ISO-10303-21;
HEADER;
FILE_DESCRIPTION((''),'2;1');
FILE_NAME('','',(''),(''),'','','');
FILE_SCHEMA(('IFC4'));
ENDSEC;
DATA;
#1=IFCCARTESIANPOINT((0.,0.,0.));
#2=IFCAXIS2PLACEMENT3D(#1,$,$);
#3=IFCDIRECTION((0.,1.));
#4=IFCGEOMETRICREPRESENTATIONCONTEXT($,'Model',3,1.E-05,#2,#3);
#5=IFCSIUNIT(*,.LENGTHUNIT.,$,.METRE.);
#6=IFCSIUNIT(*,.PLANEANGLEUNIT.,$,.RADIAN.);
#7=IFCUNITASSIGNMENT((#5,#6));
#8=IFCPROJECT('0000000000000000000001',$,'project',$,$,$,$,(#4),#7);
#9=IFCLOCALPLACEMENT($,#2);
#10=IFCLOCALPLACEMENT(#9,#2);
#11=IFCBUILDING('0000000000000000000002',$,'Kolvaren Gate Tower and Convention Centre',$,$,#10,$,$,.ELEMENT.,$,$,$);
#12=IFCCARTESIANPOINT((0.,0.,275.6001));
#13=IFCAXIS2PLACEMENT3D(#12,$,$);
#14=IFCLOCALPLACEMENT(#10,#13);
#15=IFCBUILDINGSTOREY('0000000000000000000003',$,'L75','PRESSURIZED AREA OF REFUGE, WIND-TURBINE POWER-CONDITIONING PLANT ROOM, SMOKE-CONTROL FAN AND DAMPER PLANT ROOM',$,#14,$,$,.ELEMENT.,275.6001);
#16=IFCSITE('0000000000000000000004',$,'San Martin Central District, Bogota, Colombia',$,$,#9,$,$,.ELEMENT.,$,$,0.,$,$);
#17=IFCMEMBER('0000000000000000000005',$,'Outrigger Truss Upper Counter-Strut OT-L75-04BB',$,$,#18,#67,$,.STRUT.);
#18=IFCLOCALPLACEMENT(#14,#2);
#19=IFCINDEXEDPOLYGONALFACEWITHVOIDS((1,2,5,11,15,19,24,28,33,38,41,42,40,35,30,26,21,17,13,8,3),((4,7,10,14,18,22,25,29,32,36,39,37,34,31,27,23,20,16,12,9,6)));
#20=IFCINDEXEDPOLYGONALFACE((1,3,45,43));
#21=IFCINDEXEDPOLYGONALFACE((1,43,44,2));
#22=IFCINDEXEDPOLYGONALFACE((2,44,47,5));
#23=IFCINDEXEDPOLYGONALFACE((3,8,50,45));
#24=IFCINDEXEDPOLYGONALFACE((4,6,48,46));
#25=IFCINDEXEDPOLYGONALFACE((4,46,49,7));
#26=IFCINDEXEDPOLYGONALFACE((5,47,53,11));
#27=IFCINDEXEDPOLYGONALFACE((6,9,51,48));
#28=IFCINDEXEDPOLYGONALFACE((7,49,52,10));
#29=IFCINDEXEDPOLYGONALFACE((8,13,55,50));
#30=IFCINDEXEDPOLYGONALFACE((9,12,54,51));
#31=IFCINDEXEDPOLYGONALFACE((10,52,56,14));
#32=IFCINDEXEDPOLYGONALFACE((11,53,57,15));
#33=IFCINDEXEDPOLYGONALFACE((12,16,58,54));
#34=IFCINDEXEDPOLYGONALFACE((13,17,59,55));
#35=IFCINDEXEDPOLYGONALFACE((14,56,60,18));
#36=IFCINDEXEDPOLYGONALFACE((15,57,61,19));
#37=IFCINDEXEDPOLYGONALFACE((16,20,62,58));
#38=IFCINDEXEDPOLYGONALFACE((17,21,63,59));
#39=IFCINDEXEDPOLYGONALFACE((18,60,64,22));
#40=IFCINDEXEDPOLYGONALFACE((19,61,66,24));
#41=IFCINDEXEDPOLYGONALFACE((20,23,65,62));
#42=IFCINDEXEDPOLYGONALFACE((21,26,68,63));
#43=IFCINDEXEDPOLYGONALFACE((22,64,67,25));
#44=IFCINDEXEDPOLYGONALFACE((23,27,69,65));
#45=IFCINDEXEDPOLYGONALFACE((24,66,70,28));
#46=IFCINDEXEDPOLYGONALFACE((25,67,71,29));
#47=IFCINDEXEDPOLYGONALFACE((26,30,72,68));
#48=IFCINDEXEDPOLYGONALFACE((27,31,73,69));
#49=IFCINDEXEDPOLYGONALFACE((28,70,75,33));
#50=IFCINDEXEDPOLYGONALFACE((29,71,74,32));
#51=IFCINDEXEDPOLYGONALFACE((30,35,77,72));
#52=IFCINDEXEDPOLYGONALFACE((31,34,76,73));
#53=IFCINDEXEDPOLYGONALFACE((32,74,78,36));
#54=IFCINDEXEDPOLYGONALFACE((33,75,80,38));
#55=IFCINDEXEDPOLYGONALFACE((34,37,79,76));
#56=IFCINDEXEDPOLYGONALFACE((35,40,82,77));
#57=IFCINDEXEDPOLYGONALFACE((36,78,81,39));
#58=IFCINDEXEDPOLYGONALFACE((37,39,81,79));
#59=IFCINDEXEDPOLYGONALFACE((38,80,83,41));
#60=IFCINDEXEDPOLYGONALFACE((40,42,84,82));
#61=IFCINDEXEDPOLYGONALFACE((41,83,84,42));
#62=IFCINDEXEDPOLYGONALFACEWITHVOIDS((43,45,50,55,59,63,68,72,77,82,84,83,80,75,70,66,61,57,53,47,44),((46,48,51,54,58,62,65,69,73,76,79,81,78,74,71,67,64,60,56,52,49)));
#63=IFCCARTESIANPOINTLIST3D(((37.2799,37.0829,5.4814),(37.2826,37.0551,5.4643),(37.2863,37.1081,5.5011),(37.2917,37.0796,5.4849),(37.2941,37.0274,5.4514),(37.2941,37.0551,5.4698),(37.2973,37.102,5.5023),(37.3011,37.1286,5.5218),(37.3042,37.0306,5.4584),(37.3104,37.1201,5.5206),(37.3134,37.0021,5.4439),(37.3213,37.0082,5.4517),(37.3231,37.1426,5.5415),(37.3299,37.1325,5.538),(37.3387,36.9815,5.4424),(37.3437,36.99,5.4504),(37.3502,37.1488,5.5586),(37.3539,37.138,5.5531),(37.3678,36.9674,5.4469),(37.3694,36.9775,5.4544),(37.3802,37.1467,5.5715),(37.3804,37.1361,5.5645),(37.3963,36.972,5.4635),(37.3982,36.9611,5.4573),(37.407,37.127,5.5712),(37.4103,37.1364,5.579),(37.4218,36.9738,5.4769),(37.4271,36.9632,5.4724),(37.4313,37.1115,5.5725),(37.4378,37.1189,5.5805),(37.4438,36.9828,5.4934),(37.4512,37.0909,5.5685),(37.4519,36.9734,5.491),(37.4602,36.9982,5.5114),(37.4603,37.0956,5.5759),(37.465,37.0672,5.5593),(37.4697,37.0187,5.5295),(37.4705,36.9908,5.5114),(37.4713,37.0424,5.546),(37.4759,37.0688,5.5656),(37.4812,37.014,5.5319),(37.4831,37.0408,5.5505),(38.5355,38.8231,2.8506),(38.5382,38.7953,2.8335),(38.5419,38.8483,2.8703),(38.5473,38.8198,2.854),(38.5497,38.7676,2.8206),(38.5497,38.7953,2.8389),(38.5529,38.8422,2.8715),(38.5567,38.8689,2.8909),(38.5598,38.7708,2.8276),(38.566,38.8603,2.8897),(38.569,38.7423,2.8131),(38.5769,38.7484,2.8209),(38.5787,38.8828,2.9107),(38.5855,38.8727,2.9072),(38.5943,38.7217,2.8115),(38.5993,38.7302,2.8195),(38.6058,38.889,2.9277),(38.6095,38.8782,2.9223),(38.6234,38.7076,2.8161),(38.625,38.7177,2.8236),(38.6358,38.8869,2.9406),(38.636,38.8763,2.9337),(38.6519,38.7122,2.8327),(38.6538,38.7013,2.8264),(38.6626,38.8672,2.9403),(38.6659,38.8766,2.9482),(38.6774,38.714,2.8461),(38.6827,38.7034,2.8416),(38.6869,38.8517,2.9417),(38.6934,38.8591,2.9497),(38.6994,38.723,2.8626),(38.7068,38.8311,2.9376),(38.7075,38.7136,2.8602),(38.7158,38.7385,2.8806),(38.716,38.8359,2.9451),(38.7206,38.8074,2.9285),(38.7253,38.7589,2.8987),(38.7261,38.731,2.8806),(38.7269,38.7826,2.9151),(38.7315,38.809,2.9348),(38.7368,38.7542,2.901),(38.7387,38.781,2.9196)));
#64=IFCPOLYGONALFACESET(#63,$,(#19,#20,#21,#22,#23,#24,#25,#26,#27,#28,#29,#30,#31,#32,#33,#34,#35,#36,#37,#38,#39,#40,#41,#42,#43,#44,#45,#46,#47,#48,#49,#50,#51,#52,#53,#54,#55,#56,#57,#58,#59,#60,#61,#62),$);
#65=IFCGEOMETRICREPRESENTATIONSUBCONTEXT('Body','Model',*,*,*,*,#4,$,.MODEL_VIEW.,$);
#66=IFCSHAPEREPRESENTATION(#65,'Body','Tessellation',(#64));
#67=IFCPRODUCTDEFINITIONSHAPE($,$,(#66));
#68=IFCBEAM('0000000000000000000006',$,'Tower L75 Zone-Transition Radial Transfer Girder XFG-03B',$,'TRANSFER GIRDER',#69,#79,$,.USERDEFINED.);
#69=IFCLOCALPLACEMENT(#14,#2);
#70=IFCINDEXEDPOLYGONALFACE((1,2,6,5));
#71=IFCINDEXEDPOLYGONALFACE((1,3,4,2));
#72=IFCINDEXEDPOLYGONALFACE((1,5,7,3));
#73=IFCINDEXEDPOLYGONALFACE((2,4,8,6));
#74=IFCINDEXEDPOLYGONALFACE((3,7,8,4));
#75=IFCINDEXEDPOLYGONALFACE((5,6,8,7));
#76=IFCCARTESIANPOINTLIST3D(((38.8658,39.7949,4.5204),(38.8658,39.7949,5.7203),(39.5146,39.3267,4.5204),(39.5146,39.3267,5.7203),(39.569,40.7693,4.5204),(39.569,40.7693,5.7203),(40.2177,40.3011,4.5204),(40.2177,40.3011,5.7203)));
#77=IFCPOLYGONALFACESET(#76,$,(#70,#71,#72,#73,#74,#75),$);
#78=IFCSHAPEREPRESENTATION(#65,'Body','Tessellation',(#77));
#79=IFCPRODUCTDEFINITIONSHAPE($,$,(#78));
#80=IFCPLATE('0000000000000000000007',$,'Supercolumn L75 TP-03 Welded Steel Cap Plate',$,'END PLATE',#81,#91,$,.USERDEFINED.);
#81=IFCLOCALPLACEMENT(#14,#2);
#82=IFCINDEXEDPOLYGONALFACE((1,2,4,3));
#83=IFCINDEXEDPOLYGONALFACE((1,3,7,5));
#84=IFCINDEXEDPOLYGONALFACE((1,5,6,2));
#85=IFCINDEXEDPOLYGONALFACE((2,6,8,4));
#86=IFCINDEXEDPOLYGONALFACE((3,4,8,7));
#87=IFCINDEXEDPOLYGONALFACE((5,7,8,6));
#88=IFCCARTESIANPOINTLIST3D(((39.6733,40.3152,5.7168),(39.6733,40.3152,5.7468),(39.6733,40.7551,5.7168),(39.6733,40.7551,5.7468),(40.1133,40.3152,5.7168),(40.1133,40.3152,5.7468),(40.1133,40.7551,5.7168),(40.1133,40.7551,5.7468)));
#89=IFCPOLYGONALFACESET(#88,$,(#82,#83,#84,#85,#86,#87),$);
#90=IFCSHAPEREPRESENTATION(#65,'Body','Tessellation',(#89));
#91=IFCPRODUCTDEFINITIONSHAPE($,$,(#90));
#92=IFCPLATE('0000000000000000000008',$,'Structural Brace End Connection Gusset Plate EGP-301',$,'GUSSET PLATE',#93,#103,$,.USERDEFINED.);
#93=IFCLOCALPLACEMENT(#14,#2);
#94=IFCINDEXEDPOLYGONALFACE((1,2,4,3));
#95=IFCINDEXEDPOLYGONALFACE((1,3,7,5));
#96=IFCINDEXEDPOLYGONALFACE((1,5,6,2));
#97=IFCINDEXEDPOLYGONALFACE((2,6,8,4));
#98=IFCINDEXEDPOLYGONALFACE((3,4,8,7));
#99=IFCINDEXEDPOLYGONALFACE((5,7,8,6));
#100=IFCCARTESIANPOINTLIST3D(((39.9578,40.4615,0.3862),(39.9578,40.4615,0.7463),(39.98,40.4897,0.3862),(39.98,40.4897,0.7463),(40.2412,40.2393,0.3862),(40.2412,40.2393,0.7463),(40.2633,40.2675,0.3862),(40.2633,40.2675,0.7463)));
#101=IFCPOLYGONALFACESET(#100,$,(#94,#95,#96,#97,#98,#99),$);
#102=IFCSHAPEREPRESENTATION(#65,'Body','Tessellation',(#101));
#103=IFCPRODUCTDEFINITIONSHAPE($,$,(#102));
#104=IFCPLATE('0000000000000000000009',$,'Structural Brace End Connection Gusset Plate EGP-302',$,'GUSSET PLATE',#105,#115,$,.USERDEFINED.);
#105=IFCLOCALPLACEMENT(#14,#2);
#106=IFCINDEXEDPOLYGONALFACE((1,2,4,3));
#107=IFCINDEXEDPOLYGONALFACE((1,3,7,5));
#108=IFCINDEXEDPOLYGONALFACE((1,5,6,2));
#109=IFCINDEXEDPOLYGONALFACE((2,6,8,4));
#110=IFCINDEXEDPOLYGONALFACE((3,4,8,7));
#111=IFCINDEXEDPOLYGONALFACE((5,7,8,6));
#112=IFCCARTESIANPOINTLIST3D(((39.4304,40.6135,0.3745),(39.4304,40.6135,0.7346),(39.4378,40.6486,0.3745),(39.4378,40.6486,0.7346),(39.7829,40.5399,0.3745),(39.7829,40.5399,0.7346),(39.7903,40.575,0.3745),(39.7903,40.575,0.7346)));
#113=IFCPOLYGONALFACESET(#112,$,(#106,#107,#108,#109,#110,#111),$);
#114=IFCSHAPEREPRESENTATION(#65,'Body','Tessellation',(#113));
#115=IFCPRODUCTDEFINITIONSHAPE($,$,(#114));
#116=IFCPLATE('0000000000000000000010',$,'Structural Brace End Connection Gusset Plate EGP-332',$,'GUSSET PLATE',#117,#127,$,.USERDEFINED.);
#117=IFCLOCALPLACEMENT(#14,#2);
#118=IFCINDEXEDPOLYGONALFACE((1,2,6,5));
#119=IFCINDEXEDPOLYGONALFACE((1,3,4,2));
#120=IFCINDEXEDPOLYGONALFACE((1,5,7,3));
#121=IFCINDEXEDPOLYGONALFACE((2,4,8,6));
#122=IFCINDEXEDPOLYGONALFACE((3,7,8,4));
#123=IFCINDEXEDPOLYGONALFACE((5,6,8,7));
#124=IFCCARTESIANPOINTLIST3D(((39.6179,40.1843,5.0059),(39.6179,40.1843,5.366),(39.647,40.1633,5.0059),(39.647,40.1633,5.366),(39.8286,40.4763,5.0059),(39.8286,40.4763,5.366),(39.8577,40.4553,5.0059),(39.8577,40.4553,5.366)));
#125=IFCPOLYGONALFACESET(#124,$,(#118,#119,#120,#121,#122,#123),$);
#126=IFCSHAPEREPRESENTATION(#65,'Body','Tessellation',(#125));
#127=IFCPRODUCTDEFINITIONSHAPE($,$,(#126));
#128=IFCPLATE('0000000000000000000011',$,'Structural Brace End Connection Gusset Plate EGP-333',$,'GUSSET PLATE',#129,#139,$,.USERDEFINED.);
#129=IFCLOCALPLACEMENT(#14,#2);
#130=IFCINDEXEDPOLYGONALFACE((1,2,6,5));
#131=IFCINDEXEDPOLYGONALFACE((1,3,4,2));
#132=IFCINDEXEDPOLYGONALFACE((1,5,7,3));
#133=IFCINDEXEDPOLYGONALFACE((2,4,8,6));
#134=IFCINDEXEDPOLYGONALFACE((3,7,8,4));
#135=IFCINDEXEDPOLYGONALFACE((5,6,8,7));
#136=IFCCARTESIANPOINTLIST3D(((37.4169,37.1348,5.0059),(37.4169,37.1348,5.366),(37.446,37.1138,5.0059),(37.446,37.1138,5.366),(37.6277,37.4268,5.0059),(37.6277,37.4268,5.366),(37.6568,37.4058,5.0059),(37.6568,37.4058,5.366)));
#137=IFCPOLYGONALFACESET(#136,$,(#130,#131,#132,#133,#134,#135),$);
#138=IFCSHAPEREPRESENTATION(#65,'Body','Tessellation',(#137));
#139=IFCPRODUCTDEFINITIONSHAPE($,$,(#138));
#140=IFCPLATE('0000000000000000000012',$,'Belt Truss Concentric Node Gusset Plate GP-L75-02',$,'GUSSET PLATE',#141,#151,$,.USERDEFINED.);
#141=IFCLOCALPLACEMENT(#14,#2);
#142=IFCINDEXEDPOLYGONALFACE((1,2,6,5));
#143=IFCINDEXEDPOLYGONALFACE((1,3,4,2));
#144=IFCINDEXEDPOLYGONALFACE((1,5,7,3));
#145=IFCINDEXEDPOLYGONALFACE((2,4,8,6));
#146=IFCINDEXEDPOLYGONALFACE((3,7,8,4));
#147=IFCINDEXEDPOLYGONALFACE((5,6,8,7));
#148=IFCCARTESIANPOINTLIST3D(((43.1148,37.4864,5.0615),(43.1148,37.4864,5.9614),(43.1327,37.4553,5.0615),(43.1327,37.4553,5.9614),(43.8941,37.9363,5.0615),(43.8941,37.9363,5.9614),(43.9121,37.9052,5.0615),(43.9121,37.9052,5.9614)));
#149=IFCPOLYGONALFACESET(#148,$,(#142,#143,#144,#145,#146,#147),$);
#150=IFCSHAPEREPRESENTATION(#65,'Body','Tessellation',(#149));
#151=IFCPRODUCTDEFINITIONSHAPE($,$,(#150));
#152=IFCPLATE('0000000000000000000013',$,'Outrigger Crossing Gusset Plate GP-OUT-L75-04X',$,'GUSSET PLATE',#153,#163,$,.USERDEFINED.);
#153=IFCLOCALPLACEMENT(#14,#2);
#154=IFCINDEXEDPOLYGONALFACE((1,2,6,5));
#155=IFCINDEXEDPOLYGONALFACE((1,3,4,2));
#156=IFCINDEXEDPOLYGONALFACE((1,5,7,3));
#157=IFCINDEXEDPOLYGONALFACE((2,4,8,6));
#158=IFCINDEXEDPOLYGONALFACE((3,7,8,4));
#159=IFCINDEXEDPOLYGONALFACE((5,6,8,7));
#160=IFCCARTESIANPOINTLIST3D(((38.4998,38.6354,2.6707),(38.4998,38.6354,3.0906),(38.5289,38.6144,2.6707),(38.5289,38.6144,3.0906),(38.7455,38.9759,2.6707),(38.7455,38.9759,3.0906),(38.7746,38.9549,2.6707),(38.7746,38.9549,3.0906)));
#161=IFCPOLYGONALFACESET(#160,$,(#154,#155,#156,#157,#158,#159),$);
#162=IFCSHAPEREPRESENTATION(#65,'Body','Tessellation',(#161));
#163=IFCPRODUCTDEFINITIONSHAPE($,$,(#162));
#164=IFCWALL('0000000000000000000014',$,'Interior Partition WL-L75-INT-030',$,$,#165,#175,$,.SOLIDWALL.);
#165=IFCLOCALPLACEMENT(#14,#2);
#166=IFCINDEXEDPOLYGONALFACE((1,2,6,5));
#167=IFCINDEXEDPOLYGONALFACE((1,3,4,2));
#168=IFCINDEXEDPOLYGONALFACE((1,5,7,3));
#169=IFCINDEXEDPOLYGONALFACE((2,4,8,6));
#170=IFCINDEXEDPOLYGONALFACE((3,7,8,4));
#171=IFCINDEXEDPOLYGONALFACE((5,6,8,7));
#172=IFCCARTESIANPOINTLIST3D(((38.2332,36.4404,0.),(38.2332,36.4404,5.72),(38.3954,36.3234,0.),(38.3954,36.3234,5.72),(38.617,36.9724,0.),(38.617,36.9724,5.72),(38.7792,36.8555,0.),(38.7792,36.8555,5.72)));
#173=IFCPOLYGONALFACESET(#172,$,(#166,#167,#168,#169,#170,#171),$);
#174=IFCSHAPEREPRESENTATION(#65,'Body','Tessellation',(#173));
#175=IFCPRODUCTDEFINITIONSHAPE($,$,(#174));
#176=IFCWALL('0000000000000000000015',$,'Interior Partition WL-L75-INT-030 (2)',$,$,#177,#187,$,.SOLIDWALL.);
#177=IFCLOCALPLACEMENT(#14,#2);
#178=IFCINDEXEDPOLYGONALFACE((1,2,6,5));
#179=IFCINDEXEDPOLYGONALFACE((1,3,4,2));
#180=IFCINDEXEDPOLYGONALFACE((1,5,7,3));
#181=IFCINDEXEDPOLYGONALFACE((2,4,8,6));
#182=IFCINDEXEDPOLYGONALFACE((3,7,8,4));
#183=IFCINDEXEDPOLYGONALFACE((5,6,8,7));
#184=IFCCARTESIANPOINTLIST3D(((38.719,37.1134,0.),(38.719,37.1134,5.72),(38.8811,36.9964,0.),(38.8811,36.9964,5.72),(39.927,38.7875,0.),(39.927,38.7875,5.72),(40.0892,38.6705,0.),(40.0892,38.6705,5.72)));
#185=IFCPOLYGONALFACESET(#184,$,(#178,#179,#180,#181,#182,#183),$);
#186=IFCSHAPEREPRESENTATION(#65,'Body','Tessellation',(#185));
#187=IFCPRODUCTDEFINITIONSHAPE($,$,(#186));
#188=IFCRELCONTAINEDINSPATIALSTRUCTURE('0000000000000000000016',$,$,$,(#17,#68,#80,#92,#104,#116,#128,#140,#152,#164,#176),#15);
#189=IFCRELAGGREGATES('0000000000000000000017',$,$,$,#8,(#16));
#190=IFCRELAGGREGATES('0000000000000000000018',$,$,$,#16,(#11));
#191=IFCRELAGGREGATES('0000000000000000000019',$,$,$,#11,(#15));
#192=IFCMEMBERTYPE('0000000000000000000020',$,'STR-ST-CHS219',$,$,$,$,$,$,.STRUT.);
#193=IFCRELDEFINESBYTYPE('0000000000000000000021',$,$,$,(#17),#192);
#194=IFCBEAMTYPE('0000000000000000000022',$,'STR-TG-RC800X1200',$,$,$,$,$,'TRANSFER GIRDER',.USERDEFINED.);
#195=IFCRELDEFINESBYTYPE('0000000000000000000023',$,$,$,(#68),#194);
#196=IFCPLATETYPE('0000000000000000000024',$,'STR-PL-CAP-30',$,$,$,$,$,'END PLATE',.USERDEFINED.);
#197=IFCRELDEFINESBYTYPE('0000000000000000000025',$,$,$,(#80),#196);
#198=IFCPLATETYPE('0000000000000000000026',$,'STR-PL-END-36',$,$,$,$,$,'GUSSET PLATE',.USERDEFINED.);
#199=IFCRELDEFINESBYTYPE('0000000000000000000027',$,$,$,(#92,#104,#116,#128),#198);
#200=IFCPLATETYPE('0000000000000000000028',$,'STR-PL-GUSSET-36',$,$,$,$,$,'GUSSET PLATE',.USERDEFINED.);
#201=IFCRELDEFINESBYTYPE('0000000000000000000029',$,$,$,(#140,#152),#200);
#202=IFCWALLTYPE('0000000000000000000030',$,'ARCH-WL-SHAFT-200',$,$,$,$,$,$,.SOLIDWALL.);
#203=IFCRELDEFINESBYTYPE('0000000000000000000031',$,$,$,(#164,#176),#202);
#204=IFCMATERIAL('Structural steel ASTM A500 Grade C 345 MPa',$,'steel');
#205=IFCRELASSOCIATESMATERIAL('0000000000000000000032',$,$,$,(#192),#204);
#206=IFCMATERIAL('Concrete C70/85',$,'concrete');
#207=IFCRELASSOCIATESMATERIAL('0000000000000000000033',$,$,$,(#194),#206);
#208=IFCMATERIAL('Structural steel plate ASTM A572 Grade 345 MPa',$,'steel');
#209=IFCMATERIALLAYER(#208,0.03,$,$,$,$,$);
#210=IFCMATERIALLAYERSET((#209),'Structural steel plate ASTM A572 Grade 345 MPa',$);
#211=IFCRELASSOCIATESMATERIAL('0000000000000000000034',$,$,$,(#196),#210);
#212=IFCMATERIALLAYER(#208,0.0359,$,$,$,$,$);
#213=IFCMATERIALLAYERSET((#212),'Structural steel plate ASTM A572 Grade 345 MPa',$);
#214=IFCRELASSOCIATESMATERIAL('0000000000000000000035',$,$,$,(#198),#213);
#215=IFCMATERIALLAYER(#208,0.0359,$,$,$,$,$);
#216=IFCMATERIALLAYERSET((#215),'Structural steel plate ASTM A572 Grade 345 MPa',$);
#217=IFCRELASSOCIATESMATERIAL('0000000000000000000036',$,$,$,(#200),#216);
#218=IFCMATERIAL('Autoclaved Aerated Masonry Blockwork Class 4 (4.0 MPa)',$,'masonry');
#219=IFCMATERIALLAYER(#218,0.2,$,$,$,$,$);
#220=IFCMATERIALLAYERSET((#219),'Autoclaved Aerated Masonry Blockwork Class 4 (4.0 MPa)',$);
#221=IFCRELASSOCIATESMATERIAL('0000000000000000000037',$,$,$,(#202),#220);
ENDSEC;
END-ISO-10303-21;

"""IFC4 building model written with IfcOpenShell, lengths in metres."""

from ifc_helpers import new_model, si_unit, direction, frame, frame_2d, origin, origin_2d, place, context, subcontext, project, spatial, rectangle, hollow_circle, extrude, material, layer, layer_set, material_profile, profile_set, type_object, element, save


model = new_model("IFC4")

# Units and contexts
model_context = context("Model", 3, precision=1e-05, world=origin(), true_north=direction((0.0, 1.0)))
body_context = subcontext(model_context, "Body", "Model", "MODEL_VIEW")
ifc_project = project(units=[si_unit("LENGTHUNIT", "METRE"), si_unit("PLANEANGLEUNIT", "RADIAN")], contexts=[model_context])

# Site, building, storey
site_placement = place(None, origin())
site = spatial("IfcSite", under=ifc_project, at=site_placement, Name="San Martin Central District, Bogota, Colombia", CompositionType="ELEMENT", RefElevation=0.0)
building_placement = place(site_placement, origin())
building = spatial("IfcBuilding", under=site, at=building_placement, Name="Kolvaren Gate Tower and Convention Centre", CompositionType="ELEMENT")
storey_placement = place(building_placement, frame((0.0, 0.0, 275.6001)))
storey = spatial("IfcBuildingStorey", under=building, at=storey_placement, Name="L75", Description="PRESSURIZED AREA OF REFUGE, WIND-TURBINE POWER-CONDITIONING PLANT ROOM, SMOKE-CONTROL FAN AND DAMPER PLANT ROOM", CompositionType="ELEMENT", Elevation=275.6001)

# Shared definitions
ifc_material_1 = material(Name="Structural steel ASTM A500 Grade C 345 MPa", Category="steel")

# Member
ifc_material_profile_1 = material_profile(ifc_material_1, hollow_circle(Radius=0.1096, WallThickness=0.0127, at=origin_2d()), Name="CHS219X12.7")
ifc_profile_set_1 = profile_set([ifc_material_profile_1], Name="Structural steel ASTM A500 Grade C 345 MPa")
member_type_1 = type_object("IfcMemberType", Name="STR-ST-CHS219", PredefinedType="STRUT", material=ifc_profile_set_1)
for number, where, z_axis, x_axis, name in (
    (1, (38.6372, 38.7952, 2.8806), (-0.369836, -0.512579, 0.774909), (0.810949, -0.585117, 0.0), "Outrigger Truss Upper Counter-Strut OT-L75-04BB"),
):
    element("IfcMember", number, at=place(storey_placement, frame(where, z_axis=z_axis, x_axis=x_axis)), inside=storey, type_object=member_type_1, Name=name, PredefinedType="STRUT", context=body_context, shape_type="SweptSolid", body=[
        extrude(hollow_circle(Radius=0.1096, WallThickness=0.0127, at=origin_2d()), origin(), (0.0, 0.0, 1.0), 3.395),
    ])

# Beam
ifc_material_2 = material(Name="Concrete C70/85", Category="concrete")
ifc_material_profile_2 = material_profile(ifc_material_2, rectangle(XDim=0.8, YDim=1.2, at=origin_2d()), Name="RC-BM-800X1200")
ifc_profile_set_2 = profile_set([ifc_material_profile_2], Name="Concrete C70/85")
beam_type_1 = type_object("IfcBeamType", Name="STR-TG-RC800X1200", ElementType="TRANSFER GIRDER", PredefinedType="USERDEFINED", material=ifc_profile_set_2)
beam_1_placement = place(storey_placement, frame((39.1902, 39.5608, 5.1204), z_axis=(0.585172, 0.81091, 0.0), x_axis=(-0.81091, 0.585172, 0.0)))
element("IfcBeam", 2, at=beam_1_placement, inside=storey, type_object=beam_type_1, Name="Tower L75 Zone-Transition Radial Transfer Girder XFG-03B", ObjectType="TRANSFER GIRDER", PredefinedType="USERDEFINED", context=body_context, shape_type="SweptSolid", body=[
    extrude(rectangle(XDim=0.8, YDim=1.2, at=origin_2d()), origin(), (0.0, 0.0, 1.0), 1.2017),
])

# Plates
ifc_material_3 = material(Name="Structural steel plate ASTM A572 Grade 345 MPa", Category="steel")
ifc_layer_1 = layer(ifc_material_3, 0.03)
ifc_layer_set_1 = layer_set([ifc_layer_1], Name="Structural steel plate ASTM A572 Grade 345 MPa")
plate_type_1 = type_object("IfcPlateType", Name="STR-PL-CAP-30", ElementType="END PLATE", PredefinedType="USERDEFINED", material=ifc_layer_set_1)
plate_1_placement = place(storey_placement, frame((39.8933, 40.5352, 5.7168), z_axis=(0.0, 0.0, 1.0), x_axis=(1.0, 0.0, 0.0)))
element("IfcPlate", 3, at=plate_1_placement, inside=storey, type_object=plate_type_1, Name="Supercolumn L75 TP-03 Welded Steel Cap Plate", ObjectType="END PLATE", PredefinedType="USERDEFINED", context=body_context, shape_type="SweptSolid", body=[
    extrude(rectangle(XDim=0.4399, YDim=0.4399, at=origin_2d()), origin(), (0.0, 0.0, 1.0), 0.03),
])
ifc_layer_2 = layer(ifc_material_3, 0.0359)
ifc_layer_set_2 = layer_set([ifc_layer_2], Name="Structural steel plate ASTM A572 Grade 345 MPa")
plate_type_2 = type_object("IfcPlateType", Name="STR-PL-END-36", ElementType="GUSSET PLATE", PredefinedType="USERDEFINED", material=ifc_layer_set_2)
for number, where, z_axis, x_axis, name in (
    (4, (40.1106, 40.3645, 0.3862), (0.0, 0.0, 1.0), (0.786848, -0.617147, 0.0), "Structural Brace End Connection Gusset Plate EGP-301"),
    (5, (39.6104, 40.5942, 0.3745), (0.0, 0.0, 1.0), (-0.978885, 0.204411, 0.0), "Structural Brace End Connection Gusset Plate EGP-302"),
    (6, (39.7378, 40.3198, 5.0059), (0.0, 0.0, 1.0), (0.585218, 0.810876, 0.0), "Structural Brace End Connection Gusset Plate EGP-332"),
    (7, (37.5369, 37.2703, 5.0059), (0.0, 0.0, 1.0), (-0.585203, -0.810887, 0.0), "Structural Brace End Connection Gusset Plate EGP-333"),
):
    element("IfcPlate", number, at=place(storey_placement, frame(where, z_axis=z_axis, x_axis=x_axis)), inside=storey, type_object=plate_type_2, Name=name, ObjectType="GUSSET PLATE", PredefinedType="USERDEFINED", context=body_context, shape_type="SweptSolid", body=[
        extrude(rectangle(XDim=0.3601, YDim=0.0359, at=origin_2d()), origin(), (0.0, 0.0, 1.0), 0.3601),
    ])
ifc_layer_3 = layer(ifc_material_3, 0.0359)
ifc_layer_set_3 = layer_set([ifc_layer_3], Name="Structural steel plate ASTM A572 Grade 345 MPa")
plate_type_3 = type_object("IfcPlateType", Name="STR-PL-GUSSET-36", ElementType="GUSSET PLATE", PredefinedType="USERDEFINED", material=ifc_layer_set_3)
plate_2_placement = place(storey_placement, frame((43.5134, 37.6958, 5.0615), z_axis=(0.0, 0.0, 1.0), x_axis=(0.866025, 0.5, 0.0)))
element("IfcPlate", 8, at=plate_2_placement, inside=storey, type_object=plate_type_3, Name="Belt Truss Concentric Node Gusset Plate GP-L75-02", ObjectType="GUSSET PLATE", PredefinedType="USERDEFINED", context=body_context, shape_type="SweptSolid", body=[
    extrude(rectangle(XDim=0.8999, YDim=0.0359, at=origin_2d()), origin(), (0.0, 0.0, 1.0), 0.8999),
])
plate_3_placement = place(storey_placement, frame((38.6372, 38.7952, 2.6707), z_axis=(0.0, 0.0, 1.0), x_axis=(0.585218, 0.810876, 0.0)))
element("IfcPlate", 9, at=plate_3_placement, inside=storey, type_object=plate_type_3, Name="Outrigger Crossing Gusset Plate GP-OUT-L75-04X", ObjectType="GUSSET PLATE", PredefinedType="USERDEFINED", context=body_context, shape_type="SweptSolid", body=[
    extrude(rectangle(XDim=0.4199, YDim=0.0359, at=origin_2d()), origin(), (0.0, 0.0, 1.0), 0.4199),
])

# Walls
ifc_material_4 = material(Name="Autoclaved Aerated Masonry Blockwork Class 4 (4.0 MPa)", Category="masonry")
ifc_layer_4 = layer(ifc_material_4, 0.2)
ifc_layer_set_4 = layer_set([ifc_layer_4], Name="Autoclaved Aerated Masonry Blockwork Class 4 (4.0 MPa)")
wall_type_1 = type_object("IfcWallType", Name="ARCH-WL-SHAFT-200", PredefinedType="SOLIDWALL", material=ifc_layer_set_4)
wall_1_placement = place(storey_placement, frame((38.3142, 36.3818, 0.0), z_axis=(0.0, 0.0, 1.0), x_axis=(0.585069, 0.810983, 0.0)))
element("IfcWall", 10, at=wall_1_placement, inside=storey, type_object=wall_type_1, Name="Interior Partition WL-L75-INT-030", PredefinedType="SOLIDWALL", context=body_context, shape_type="SweptSolid", body=[
    extrude(rectangle(XDim=0.656, YDim=0.2, at=frame_2d((0.3281, 0.0))), origin(), (0.0, 0.0, 1.0), 5.72),
])
wall_2_placement = place(storey_placement, frame((38.8, 37.0549, 0.0), z_axis=(0.0, 0.0, 1.0), x_axis=(0.585158, 0.810919, 0.0)))
element("IfcWall", 11, at=wall_2_placement, inside=storey, type_object=wall_type_1, Name="Interior Partition WL-L75-INT-030 (2)", PredefinedType="SOLIDWALL", context=body_context, shape_type="SweptSolid", body=[
    extrude(rectangle(XDim=2.0645, YDim=0.2, at=frame_2d((1.0322, 0.0))), origin(), (0.0, 0.0, 1.0), 5.72),
])

save(model, "model.ifc")
